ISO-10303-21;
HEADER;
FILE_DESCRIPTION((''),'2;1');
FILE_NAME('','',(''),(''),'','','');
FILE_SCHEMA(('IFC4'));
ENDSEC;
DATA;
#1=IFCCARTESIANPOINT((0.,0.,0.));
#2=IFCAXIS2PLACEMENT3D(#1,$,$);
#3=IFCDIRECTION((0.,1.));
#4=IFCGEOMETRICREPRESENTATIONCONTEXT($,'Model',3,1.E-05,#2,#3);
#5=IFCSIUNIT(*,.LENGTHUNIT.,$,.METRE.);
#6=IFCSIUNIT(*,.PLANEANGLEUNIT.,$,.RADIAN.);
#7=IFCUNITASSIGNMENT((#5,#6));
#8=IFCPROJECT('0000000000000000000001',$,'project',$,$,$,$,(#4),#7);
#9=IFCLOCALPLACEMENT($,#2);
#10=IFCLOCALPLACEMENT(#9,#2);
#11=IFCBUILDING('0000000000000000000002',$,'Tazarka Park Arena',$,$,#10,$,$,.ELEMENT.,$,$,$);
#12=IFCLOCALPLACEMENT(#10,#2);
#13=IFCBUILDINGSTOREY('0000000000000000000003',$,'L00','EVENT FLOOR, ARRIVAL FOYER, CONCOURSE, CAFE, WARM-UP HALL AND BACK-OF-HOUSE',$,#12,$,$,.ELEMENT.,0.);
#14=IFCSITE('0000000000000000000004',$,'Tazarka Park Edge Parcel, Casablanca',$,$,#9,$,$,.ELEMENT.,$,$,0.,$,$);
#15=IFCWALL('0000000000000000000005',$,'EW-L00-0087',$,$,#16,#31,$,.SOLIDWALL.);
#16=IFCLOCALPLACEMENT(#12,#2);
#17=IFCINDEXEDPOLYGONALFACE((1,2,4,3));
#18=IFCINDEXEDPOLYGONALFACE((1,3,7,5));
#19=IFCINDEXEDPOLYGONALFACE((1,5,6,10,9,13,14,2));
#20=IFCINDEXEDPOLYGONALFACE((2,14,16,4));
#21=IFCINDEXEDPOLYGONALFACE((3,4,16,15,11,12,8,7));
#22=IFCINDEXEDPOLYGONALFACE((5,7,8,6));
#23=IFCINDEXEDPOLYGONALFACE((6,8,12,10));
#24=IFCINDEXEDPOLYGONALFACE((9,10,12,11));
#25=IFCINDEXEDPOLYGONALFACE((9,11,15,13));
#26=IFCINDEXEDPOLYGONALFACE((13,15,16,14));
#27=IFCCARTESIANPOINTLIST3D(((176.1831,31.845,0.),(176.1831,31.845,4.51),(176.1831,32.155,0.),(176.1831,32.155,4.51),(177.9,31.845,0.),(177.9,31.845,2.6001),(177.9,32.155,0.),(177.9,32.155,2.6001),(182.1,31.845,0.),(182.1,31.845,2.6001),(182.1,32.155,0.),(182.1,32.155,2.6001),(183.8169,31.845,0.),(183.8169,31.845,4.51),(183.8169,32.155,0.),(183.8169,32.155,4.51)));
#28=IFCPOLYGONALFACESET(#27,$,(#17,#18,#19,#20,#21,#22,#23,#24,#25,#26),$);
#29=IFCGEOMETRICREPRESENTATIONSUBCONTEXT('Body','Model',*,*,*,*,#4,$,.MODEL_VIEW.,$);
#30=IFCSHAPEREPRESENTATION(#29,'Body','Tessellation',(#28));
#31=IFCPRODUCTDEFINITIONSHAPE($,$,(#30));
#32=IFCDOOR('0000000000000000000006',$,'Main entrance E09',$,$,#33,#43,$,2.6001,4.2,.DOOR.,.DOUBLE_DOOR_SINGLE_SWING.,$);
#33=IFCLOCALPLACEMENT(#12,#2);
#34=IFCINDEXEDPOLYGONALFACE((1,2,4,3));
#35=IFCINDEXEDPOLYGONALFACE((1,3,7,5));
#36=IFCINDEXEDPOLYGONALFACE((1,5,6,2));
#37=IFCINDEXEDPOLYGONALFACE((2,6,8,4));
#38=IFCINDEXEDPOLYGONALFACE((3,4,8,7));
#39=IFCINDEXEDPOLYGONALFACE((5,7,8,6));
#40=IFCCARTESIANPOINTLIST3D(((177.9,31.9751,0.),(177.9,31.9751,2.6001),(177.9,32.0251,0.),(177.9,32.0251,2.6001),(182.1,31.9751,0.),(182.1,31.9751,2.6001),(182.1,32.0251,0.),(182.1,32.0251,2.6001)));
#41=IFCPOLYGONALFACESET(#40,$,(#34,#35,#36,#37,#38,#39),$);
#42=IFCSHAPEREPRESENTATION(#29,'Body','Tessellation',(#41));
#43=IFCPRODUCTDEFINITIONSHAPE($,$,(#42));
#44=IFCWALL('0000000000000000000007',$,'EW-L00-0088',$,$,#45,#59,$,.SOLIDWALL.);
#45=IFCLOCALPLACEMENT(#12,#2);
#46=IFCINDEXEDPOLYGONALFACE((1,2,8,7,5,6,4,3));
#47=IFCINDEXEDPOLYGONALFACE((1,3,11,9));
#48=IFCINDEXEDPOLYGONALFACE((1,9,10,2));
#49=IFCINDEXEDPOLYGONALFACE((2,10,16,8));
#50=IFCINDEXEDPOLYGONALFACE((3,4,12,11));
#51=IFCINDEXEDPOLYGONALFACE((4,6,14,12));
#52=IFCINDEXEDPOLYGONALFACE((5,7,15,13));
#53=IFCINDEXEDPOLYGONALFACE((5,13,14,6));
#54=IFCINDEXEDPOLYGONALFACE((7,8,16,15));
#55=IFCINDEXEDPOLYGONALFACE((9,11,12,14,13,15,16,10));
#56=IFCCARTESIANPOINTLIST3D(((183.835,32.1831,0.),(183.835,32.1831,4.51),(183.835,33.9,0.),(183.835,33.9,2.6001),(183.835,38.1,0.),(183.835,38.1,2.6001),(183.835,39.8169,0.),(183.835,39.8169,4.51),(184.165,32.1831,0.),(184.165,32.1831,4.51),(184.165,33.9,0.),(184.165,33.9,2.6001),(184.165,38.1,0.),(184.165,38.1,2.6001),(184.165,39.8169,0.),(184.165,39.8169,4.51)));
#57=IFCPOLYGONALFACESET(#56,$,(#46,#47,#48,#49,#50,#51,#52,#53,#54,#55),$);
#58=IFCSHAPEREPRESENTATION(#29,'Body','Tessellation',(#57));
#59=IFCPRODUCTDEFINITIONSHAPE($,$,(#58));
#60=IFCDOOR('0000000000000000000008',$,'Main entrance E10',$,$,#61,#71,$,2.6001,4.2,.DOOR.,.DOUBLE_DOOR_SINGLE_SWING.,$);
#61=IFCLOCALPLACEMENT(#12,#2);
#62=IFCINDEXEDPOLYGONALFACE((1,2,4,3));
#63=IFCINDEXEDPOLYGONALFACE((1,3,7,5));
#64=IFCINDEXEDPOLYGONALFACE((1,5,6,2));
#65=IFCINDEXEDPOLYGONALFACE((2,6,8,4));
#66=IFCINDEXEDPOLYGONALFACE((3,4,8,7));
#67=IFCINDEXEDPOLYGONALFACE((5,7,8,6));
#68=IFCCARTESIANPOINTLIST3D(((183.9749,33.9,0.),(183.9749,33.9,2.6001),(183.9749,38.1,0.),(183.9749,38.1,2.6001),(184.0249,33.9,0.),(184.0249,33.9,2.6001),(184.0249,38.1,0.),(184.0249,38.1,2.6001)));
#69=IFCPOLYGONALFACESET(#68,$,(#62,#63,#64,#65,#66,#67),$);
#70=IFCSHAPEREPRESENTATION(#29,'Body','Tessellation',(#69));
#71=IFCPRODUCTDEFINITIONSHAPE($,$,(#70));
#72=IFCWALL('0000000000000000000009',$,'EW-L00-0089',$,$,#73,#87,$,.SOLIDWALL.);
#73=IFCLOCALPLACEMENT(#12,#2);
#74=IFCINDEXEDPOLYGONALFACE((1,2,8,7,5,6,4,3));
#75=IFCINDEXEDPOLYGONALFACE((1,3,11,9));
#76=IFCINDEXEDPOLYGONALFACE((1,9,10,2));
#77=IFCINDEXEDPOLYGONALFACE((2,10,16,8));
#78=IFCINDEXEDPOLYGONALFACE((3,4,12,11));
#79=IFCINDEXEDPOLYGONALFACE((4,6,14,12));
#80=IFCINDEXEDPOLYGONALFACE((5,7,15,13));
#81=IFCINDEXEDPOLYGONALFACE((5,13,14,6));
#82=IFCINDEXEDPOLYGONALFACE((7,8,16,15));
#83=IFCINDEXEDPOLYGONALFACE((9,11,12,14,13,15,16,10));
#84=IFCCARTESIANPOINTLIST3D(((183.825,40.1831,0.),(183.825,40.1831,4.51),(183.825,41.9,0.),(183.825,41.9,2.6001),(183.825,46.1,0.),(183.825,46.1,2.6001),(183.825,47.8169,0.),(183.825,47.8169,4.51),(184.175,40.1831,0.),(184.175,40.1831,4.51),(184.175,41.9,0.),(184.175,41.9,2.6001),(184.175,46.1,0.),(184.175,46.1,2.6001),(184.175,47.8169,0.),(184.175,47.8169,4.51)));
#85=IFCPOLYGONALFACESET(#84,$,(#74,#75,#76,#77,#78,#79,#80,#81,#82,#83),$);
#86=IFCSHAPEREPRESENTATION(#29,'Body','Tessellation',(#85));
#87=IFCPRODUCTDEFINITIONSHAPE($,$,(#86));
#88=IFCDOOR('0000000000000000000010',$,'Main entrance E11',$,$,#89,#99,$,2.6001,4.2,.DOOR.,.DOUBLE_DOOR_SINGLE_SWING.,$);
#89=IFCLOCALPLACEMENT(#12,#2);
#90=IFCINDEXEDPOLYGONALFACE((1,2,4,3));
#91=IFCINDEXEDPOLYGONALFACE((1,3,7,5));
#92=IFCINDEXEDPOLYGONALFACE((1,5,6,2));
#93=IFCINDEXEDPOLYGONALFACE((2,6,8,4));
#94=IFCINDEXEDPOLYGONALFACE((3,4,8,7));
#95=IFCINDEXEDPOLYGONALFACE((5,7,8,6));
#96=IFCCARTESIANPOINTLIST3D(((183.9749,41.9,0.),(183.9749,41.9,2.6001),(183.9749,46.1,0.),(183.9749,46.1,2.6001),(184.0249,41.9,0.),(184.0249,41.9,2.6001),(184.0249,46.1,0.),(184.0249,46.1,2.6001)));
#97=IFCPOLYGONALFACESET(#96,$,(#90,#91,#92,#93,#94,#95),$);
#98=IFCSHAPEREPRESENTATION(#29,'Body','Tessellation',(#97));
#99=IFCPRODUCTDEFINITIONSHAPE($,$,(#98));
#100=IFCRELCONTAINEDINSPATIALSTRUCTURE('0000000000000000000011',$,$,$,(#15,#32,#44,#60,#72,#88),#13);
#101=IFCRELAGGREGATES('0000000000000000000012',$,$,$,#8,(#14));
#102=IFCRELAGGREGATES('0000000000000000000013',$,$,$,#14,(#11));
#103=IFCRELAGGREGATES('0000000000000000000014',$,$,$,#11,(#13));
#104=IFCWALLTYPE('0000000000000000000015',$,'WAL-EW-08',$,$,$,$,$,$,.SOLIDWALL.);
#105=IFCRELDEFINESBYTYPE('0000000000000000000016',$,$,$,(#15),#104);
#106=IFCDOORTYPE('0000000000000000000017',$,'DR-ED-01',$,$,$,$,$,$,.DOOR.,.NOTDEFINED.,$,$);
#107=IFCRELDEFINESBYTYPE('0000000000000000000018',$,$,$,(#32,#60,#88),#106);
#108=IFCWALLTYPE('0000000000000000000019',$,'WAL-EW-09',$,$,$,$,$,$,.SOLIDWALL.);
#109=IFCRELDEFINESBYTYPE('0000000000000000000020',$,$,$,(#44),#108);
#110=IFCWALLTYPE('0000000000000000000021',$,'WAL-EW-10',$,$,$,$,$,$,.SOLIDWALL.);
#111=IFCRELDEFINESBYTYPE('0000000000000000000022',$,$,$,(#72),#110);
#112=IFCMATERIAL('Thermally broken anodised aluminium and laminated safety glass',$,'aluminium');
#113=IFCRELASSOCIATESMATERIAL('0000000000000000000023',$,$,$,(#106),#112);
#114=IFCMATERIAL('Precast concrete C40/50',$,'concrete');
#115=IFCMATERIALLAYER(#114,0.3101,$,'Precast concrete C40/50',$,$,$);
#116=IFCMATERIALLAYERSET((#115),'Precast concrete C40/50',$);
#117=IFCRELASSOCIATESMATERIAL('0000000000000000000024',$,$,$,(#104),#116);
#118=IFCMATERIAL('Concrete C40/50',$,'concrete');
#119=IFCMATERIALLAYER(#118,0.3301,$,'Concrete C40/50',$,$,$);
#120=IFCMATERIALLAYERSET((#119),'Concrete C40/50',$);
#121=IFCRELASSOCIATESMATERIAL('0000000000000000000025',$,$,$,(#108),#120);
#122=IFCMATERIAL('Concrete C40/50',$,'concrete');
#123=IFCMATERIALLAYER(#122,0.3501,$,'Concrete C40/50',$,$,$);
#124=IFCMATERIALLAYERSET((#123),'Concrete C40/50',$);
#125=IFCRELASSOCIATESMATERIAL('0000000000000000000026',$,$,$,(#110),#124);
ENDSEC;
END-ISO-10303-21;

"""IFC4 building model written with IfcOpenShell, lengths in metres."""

from ifc_helpers import new_model, si_unit, direction, frame, frame_2d, origin, place, context, subcontext, project, spatial, rectangle, extrude, material, layer, layer_set, type_object, element, fill, save


model = new_model("IFC4")

# Units and contexts
model_context = context("Model", 3, precision=1e-05, world=origin(), true_north=direction((0.0, 1.0)))
body_context = subcontext(model_context, "Body", "Model", "MODEL_VIEW")
ifc_project = project(units=[si_unit("LENGTHUNIT", "METRE"), si_unit("PLANEANGLEUNIT", "RADIAN")], contexts=[model_context])

# Site, building, storey
site_placement = place(None, origin())
site = spatial("IfcSite", under=ifc_project, at=site_placement, Name="Tazarka Park Edge Parcel, Casablanca", CompositionType="ELEMENT", RefElevation=0.0)
building_placement = place(site_placement, origin())
building = spatial("IfcBuilding", under=site, at=building_placement, Name="Tazarka Park Arena", CompositionType="ELEMENT")
storey_placement = place(building_placement, origin())
storey = spatial("IfcBuildingStorey", under=building, at=storey_placement, Name="L00", Description="EVENT FLOOR, ARRIVAL FOYER, CONCOURSE, CAFE, WARM-UP HALL AND BACK-OF-HOUSE", CompositionType="ELEMENT", Elevation=0.0)

# Walls, openings, doors
ifc_material_1 = material(Name="Thermally broken anodised aluminium and laminated safety glass", Category="aluminium")
door_type = type_object("IfcDoorType", Name="DR-ED-01", OperationType="NOTDEFINED", PredefinedType="DOOR", material=ifc_material_1)
ifc_material_2 = material(Name="Precast concrete C40/50", Category="concrete")
ifc_layer_1 = layer(ifc_material_2, 0.3101, Name="Precast concrete C40/50")
ifc_layer_set_1 = layer_set([ifc_layer_1], Name="Precast concrete C40/50")
wall_type_1 = type_object("IfcWallType", Name="WAL-EW-08", PredefinedType="SOLIDWALL", material=ifc_layer_set_1)
wall_1_placement = place(storey_placement, frame((183.8169, 32.0, 0.0), z_axis=(0.0, 0.0, 1.0), x_axis=(-1.0, 0.0, 0.0)))
wall_1 = element("IfcWall", 1, at=wall_1_placement, inside=storey, type_object=wall_type_1, Name="EW-L00-0087", PredefinedType="SOLIDWALL", context=body_context, shape_type="SweptSolid", body=[
    extrude(rectangle(XDim=7.6338, YDim=0.3101, at=frame_2d((3.8169, 0.0))), origin(), (0.0, 0.0, 1.0), 4.51),
])
opening_1_placement = place(wall_1_placement, frame((1.7168, 0.0, 0.0)))
opening_1 = element("IfcOpeningElement", 2, at=opening_1_placement, cuts=wall_1, PredefinedType="OPENING", context=body_context, shape_type="SweptSolid", body=[
    extrude(rectangle(XDim=4.2, YDim=2.6001, at=frame_2d((2.1001, 1.3))), frame((0.0, 0.165, 0.0), z_axis=(0.0, -1.0, 0.0), x_axis=(1.0, 0.0, 0.0)), (0.0, 0.0, 1.0), 0.3301),
])
door_1_placement = place(opening_1_placement, origin())
door_1 = element("IfcDoor", 3, at=door_1_placement, inside=storey, type_object=door_type, Name="Main entrance E09", OperationType="DOUBLE_DOOR_SINGLE_SWING", OverallHeight=2.6001, OverallWidth=4.2, PredefinedType="DOOR", context=body_context, shape_type="SweptSolid", body=[
    extrude(rectangle(XDim=4.2, YDim=2.6001, at=frame_2d((2.1001, 1.3))), frame((0.0, 0.0249, 0.0), z_axis=(0.0, -1.0, 0.0), x_axis=(1.0, 0.0, 0.0)), (0.0, 0.0, 1.0), 0.05),
])
fill(opening_1, door_1)
ifc_material_3 = material(Name="Concrete C40/50", Category="concrete")
ifc_layer_2 = layer(ifc_material_3, 0.3301, Name="Concrete C40/50")
ifc_layer_set_2 = layer_set([ifc_layer_2], Name="Concrete C40/50")
wall_type_2 = type_object("IfcWallType", Name="WAL-EW-09", PredefinedType="SOLIDWALL", material=ifc_layer_set_2)
wall_2_placement = place(storey_placement, frame((184.0, 39.8169, 0.0), z_axis=(0.0, 0.0, 1.0), x_axis=(0.0, -1.0, 0.0)))
wall_2 = element("IfcWall", 4, at=wall_2_placement, inside=storey, type_object=wall_type_2, Name="EW-L00-0088", PredefinedType="SOLIDWALL", context=body_context, shape_type="SweptSolid", body=[
    extrude(rectangle(XDim=7.6338, YDim=0.3301, at=frame_2d((3.8169, 0.0))), origin(), (0.0, 0.0, 1.0), 4.51),
])
opening_2_placement = place(wall_2_placement, frame((1.7168, 0.0, 0.0)))
opening_2 = element("IfcOpeningElement", 5, at=opening_2_placement, cuts=wall_2, PredefinedType="OPENING", context=body_context, shape_type="SweptSolid", body=[
    extrude(rectangle(XDim=4.2, YDim=2.6001, at=frame_2d((2.1001, 1.3))), frame((0.0, 0.175, 0.0), z_axis=(0.0, -1.0, 0.0), x_axis=(1.0, 0.0, 0.0)), (0.0, 0.0, 1.0), 0.3501),
])
door_2_placement = place(opening_2_placement, origin())
door_2 = element("IfcDoor", 6, at=door_2_placement, inside=storey, type_object=door_type, Name="Main entrance E10", OperationType="DOUBLE_DOOR_SINGLE_SWING", OverallHeight=2.6001, OverallWidth=4.2, PredefinedType="DOOR", context=body_context, shape_type="SweptSolid", body=[
    extrude(rectangle(XDim=4.2, YDim=2.6001, at=frame_2d((2.1001, 1.3))), frame((0.0, 0.0249, 0.0), z_axis=(0.0, -1.0, 0.0), x_axis=(1.0, 0.0, 0.0)), (0.0, 0.0, 1.0), 0.05),
])
fill(opening_2, door_2)
ifc_material_4 = material(Name="Concrete C40/50", Category="concrete")
ifc_layer_3 = layer(ifc_material_4, 0.3501, Name="Concrete C40/50")
ifc_layer_set_3 = layer_set([ifc_layer_3], Name="Concrete C40/50")
wall_type_3 = type_object("IfcWallType", Name="WAL-EW-10", PredefinedType="SOLIDWALL", material=ifc_layer_set_3)
wall_3_placement = place(storey_placement, frame((184.0, 47.8169, 0.0), z_axis=(0.0, 0.0, 1.0), x_axis=(0.0, -1.0, 0.0)))
wall_3 = element("IfcWall", 7, at=wall_3_placement, inside=storey, type_object=wall_type_3, Name="EW-L00-0089", PredefinedType="SOLIDWALL", context=body_context, shape_type="SweptSolid", body=[
    extrude(rectangle(XDim=7.6338, YDim=0.3501, at=frame_2d((3.8169, 0.0))), origin(), (0.0, 0.0, 1.0), 4.51),
])
opening_3_placement = place(wall_3_placement, frame((1.7168, 0.0, 0.0)))
opening_3 = element("IfcOpeningElement", 8, at=opening_3_placement, cuts=wall_3, PredefinedType="OPENING", context=body_context, shape_type="SweptSolid", body=[
    extrude(rectangle(XDim=4.2, YDim=2.6001, at=frame_2d((2.1001, 1.3))), frame((0.0, 0.1851, 0.0), z_axis=(0.0, -1.0, 0.0), x_axis=(1.0, 0.0, 0.0)), (0.0, 0.0, 1.0), 0.3701),
])
door_3_placement = place(opening_3_placement, origin())
door_3 = element("IfcDoor", 9, at=door_3_placement, inside=storey, type_object=door_type, Name="Main entrance E11", OperationType="DOUBLE_DOOR_SINGLE_SWING", OverallHeight=2.6001, OverallWidth=4.2, PredefinedType="DOOR", context=body_context, shape_type="SweptSolid", body=[
    extrude(rectangle(XDim=4.2, YDim=2.6001, at=frame_2d((2.1001, 1.3))), frame((0.0, 0.0249, 0.0), z_axis=(0.0, -1.0, 0.0), x_axis=(1.0, 0.0, 0.0)), (0.0, 0.0, 1.0), 0.05),
])
fill(opening_3, door_3)

save(model, "model.ifc")
